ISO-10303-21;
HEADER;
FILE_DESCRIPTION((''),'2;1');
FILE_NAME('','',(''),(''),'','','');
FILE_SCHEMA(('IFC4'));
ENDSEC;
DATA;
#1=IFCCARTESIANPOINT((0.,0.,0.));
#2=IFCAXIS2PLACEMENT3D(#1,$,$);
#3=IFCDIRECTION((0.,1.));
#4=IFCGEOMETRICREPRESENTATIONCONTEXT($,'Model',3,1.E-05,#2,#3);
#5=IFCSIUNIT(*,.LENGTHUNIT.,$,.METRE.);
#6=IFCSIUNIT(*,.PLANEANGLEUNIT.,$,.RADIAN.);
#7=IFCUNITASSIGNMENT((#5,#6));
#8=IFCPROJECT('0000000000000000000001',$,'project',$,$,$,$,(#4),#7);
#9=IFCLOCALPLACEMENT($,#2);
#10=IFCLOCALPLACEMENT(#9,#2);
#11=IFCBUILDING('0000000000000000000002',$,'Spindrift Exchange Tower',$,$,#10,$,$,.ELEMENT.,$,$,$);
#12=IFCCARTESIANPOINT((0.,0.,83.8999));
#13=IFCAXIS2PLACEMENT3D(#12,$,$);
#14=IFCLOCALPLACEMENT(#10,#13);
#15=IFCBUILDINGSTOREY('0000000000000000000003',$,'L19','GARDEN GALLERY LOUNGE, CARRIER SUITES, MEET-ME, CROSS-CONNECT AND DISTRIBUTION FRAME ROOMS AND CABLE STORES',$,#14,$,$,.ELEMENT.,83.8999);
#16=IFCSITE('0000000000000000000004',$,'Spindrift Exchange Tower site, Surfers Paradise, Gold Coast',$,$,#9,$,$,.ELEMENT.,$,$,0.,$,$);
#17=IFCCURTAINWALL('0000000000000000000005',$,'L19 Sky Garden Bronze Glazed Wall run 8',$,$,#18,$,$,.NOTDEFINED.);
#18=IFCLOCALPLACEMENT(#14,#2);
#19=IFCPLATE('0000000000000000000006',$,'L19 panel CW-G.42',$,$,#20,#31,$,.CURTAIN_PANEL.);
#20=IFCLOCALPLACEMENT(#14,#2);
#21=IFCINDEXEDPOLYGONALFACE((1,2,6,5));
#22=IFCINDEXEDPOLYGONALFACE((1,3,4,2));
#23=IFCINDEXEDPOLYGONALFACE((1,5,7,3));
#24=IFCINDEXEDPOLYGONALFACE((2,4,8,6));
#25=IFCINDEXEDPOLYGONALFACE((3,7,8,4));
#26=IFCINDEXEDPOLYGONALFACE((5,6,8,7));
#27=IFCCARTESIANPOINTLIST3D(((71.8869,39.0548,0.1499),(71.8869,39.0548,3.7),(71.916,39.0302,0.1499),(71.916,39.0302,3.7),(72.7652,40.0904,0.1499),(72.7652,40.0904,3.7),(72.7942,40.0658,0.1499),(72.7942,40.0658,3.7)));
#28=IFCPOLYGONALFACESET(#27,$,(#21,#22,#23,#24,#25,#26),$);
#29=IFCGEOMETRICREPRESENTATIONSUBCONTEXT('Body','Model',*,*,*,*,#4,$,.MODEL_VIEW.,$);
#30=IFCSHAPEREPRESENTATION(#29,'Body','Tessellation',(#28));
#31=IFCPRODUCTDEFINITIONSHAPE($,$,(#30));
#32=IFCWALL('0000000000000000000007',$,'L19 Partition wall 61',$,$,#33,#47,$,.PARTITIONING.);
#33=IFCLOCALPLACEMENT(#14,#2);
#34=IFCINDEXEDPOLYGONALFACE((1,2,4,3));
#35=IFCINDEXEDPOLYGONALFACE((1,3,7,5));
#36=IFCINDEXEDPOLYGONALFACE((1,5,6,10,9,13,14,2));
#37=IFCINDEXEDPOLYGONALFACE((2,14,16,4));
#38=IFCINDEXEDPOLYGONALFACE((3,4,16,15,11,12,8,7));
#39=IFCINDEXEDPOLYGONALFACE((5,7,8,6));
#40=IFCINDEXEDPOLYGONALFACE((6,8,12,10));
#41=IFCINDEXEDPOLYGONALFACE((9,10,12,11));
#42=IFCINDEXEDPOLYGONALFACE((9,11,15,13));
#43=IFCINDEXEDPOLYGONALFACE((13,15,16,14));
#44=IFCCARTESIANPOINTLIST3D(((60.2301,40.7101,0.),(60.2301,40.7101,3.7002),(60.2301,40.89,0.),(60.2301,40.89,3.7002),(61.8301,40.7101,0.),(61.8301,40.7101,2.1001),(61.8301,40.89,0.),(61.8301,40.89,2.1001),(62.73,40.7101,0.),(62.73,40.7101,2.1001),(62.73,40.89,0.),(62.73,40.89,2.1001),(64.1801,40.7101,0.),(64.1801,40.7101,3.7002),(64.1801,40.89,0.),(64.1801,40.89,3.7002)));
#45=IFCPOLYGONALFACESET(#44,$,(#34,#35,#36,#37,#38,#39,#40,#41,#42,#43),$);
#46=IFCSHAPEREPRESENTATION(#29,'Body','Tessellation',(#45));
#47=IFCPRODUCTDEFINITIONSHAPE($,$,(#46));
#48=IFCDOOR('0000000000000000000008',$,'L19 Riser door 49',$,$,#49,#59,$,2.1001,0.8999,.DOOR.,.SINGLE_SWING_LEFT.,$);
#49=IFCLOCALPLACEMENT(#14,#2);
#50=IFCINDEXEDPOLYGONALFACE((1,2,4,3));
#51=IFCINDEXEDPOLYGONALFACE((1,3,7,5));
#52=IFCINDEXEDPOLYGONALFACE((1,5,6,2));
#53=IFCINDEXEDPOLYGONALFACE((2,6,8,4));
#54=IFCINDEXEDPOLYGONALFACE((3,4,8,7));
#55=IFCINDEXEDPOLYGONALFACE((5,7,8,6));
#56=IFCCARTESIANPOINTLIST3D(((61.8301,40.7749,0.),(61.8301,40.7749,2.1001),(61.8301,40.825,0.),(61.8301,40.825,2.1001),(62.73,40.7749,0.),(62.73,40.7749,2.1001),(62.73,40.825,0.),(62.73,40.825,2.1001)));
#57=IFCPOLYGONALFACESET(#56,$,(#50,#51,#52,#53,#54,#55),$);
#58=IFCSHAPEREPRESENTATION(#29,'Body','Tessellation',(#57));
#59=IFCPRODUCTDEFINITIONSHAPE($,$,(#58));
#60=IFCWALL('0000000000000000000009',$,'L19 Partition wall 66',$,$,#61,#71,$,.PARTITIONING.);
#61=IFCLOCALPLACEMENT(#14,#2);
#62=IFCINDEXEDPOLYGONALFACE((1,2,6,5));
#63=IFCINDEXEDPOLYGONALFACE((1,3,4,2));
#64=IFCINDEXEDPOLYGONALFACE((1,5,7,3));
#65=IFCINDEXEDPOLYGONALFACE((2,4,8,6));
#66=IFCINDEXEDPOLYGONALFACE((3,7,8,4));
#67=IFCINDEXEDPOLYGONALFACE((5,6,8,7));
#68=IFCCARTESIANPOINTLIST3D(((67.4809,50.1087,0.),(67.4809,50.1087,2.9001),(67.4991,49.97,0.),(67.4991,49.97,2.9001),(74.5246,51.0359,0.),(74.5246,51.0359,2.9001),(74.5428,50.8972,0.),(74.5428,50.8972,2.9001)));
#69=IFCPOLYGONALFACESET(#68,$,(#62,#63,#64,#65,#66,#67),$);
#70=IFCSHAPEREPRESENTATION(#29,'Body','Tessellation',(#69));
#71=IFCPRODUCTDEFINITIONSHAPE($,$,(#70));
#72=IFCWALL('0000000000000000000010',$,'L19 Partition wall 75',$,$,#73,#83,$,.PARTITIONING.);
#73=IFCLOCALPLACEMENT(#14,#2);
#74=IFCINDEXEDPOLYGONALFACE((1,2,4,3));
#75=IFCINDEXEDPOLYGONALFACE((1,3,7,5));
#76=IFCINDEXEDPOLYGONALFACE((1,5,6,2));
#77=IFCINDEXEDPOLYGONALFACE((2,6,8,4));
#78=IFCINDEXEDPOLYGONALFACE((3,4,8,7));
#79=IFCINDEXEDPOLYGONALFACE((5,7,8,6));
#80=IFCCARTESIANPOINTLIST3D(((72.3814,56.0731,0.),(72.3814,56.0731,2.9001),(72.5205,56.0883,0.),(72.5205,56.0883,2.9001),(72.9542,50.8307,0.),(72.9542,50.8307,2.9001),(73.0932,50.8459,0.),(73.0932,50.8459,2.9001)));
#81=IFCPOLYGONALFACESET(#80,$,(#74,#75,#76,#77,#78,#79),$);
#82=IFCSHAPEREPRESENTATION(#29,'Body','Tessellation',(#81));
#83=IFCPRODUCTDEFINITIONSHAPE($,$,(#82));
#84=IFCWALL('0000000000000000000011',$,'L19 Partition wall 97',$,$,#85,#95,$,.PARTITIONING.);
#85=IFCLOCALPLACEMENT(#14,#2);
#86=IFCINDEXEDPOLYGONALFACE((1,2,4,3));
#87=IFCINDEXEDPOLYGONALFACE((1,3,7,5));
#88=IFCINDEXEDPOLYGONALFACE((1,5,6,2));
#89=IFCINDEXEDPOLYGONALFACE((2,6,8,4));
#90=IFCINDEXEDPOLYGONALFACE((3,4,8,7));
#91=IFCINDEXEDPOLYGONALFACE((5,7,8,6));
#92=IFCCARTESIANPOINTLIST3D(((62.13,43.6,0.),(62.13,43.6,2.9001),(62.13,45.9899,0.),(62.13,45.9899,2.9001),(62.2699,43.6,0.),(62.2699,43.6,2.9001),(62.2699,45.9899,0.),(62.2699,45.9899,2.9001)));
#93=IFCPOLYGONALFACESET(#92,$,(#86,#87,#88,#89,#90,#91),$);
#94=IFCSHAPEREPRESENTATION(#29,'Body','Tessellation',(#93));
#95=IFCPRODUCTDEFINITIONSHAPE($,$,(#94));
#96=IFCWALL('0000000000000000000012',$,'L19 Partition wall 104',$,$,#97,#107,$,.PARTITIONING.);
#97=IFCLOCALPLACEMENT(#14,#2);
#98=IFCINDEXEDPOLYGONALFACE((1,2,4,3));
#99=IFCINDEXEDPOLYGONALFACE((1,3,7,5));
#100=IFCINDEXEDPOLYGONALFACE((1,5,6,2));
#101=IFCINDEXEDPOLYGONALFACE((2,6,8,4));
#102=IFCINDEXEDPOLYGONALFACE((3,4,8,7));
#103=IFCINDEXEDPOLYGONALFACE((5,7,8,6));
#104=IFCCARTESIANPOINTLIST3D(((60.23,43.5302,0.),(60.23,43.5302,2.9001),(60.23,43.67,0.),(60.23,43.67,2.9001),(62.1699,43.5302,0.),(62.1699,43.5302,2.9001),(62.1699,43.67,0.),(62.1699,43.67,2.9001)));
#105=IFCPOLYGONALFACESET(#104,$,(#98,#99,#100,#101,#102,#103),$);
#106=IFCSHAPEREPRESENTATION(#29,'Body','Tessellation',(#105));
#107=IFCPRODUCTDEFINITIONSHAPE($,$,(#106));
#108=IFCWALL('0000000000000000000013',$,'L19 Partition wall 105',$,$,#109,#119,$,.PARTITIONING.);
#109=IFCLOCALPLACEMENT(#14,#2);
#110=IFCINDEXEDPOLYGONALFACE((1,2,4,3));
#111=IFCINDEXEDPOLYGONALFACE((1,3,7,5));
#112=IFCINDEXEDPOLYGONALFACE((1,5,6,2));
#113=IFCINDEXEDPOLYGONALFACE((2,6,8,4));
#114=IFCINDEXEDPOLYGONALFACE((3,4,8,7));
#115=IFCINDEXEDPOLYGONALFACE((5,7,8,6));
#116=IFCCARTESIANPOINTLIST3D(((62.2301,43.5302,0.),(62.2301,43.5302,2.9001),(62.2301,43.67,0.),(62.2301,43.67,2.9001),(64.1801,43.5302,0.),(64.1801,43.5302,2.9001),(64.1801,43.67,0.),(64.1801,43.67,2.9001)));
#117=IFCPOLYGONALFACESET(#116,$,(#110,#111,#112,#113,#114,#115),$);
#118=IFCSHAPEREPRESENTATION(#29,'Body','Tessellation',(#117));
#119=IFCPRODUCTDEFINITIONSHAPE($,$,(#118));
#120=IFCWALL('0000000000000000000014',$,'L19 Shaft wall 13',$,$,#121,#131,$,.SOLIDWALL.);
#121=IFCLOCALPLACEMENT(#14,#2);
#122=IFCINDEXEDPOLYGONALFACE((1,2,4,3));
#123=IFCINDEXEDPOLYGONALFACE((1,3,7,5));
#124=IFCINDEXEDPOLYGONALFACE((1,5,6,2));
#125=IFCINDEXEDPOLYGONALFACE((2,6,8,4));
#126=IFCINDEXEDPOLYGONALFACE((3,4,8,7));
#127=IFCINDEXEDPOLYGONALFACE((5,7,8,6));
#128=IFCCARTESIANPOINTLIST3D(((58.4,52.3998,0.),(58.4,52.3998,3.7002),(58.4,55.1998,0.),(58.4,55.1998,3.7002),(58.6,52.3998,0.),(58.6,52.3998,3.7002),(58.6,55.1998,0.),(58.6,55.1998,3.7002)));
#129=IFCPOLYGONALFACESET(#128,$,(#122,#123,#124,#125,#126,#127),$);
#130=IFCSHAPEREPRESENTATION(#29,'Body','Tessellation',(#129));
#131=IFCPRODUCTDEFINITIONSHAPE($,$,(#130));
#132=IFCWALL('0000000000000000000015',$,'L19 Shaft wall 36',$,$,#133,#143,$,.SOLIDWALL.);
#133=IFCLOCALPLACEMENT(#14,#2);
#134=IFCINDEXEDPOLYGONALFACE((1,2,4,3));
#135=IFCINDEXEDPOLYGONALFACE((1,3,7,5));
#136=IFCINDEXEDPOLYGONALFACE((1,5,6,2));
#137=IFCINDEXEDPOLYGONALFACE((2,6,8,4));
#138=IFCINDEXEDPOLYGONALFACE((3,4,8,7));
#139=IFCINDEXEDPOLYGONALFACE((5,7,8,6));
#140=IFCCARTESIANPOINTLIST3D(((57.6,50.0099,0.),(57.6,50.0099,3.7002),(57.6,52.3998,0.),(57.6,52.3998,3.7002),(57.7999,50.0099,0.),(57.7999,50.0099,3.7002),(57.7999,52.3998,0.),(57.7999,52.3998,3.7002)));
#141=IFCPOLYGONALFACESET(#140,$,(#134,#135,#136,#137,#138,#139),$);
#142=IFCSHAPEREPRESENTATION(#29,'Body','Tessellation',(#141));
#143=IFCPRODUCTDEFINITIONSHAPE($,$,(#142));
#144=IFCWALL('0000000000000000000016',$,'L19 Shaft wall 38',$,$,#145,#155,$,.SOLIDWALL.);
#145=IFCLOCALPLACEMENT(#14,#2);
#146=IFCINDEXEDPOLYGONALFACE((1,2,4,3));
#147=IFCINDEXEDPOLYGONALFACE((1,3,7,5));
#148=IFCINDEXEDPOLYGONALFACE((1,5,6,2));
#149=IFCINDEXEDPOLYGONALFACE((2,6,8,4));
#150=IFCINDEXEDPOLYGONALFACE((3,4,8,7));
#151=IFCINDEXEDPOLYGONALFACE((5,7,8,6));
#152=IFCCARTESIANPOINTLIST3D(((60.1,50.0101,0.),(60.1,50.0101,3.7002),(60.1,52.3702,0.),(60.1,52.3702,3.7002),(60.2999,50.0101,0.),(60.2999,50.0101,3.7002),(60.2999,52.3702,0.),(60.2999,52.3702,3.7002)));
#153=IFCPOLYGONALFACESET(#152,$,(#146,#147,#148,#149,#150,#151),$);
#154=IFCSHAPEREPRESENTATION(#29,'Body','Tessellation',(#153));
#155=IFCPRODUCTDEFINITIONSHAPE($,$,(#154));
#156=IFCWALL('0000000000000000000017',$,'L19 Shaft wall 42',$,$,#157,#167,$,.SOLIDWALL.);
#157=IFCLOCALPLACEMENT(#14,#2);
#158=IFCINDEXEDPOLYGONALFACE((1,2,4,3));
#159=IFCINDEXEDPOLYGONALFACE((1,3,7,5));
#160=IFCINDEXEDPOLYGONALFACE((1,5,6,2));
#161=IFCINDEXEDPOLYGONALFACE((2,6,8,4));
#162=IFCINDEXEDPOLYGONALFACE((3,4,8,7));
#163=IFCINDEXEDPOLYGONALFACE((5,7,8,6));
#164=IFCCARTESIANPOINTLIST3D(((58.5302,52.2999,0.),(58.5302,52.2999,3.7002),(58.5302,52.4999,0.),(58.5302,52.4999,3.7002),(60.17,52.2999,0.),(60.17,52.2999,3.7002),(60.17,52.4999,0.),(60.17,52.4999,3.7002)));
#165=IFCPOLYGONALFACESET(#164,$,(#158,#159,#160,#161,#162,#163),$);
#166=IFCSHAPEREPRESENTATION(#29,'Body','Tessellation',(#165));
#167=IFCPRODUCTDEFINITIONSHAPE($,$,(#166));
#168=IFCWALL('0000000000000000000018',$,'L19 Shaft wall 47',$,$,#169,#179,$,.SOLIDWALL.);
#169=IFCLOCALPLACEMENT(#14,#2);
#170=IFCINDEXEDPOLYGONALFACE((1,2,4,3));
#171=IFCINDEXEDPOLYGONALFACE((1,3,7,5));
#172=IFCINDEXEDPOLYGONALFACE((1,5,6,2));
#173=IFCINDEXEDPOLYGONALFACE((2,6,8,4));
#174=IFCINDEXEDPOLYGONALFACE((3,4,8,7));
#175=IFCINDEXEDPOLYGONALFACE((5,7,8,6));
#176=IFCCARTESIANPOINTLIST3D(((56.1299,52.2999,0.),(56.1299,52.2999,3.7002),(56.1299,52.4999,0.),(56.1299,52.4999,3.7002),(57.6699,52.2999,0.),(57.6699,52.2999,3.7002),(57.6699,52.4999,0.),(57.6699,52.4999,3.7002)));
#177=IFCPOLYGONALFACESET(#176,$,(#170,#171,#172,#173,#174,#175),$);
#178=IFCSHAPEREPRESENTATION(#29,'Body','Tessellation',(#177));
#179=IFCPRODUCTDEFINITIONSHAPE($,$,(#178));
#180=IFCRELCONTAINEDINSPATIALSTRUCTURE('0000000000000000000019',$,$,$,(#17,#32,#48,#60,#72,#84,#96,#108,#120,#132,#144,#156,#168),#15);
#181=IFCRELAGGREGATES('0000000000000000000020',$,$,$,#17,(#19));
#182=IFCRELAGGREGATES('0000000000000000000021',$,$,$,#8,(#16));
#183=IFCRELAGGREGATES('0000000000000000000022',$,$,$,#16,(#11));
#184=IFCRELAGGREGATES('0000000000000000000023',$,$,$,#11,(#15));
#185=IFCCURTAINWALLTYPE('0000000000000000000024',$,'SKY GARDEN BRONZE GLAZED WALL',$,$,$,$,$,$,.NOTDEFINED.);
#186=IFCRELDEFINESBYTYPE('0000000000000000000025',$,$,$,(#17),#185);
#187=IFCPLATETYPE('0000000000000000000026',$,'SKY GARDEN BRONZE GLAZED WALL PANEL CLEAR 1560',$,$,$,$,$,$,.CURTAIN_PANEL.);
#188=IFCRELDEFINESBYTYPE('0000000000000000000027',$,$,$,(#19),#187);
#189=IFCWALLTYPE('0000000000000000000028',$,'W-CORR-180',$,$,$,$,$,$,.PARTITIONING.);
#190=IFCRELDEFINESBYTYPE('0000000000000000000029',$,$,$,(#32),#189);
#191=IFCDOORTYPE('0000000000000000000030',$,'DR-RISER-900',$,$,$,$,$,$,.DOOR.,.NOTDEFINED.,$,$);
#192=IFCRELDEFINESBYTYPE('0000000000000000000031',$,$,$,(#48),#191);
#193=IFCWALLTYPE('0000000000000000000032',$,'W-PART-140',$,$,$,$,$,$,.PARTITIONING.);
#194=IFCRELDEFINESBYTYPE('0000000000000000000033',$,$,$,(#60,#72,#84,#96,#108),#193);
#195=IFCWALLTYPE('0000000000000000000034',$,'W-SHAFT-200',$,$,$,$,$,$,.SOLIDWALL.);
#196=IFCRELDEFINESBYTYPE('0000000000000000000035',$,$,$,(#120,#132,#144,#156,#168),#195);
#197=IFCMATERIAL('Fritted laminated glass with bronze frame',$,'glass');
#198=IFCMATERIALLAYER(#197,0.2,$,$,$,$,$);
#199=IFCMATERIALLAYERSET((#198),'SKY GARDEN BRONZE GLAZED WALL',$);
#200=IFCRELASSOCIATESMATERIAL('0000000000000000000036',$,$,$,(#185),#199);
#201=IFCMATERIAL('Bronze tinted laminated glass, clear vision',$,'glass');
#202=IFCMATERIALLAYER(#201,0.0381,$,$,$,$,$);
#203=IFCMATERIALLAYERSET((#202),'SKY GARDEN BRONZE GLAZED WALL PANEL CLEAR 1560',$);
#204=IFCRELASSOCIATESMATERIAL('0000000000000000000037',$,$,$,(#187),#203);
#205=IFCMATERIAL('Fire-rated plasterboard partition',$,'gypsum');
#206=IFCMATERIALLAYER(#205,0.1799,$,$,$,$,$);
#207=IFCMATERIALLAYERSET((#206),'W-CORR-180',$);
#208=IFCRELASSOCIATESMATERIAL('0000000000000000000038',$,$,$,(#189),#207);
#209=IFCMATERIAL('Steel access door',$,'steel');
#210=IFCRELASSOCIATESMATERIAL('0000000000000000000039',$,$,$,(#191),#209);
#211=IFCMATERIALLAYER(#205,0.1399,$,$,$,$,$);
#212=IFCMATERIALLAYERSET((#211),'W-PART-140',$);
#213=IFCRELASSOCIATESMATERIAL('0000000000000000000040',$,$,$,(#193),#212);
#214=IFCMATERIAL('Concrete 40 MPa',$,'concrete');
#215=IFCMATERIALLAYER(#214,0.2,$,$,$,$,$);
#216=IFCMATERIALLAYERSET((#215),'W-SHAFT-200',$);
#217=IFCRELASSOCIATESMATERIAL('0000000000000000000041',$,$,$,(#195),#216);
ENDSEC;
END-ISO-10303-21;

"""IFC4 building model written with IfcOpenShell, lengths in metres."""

from ifc_helpers import new_model, si_unit, direction, frame, frame_2d, origin, origin_2d, place, context, subcontext, project, spatial, rectangle, extrude, source, transform, mapped, material, layer, layer_set, type_object, element, fill, aggregate, save


model = new_model("IFC4")

# Units and contexts
model_context = context("Model", 3, precision=1e-05, world=origin(), true_north=direction((0.0, 1.0)))
body_context = subcontext(model_context, "Body", "Model", "MODEL_VIEW")
ifc_project = project(units=[si_unit("LENGTHUNIT", "METRE"), si_unit("PLANEANGLEUNIT", "RADIAN")], contexts=[model_context])

# Site, building, storey
site_placement = place(None, origin())
site = spatial("IfcSite", under=ifc_project, at=site_placement, Name="Spindrift Exchange Tower site, Surfers Paradise, Gold Coast", CompositionType="ELEMENT", RefElevation=0.0)
building_placement = place(site_placement, origin())
building = spatial("IfcBuilding", under=site, at=building_placement, Name="Spindrift Exchange Tower", CompositionType="ELEMENT")
storey_placement = place(building_placement, frame((0.0, 0.0, 83.8999)))
storey = spatial("IfcBuildingStorey", under=building, at=storey_placement, Name="L19", Description="GARDEN GALLERY LOUNGE, CARRIER SUITES, MEET-ME, CROSS-CONNECT AND DISTRIBUTION FRAME ROOMS AND CABLE STORES", CompositionType="ELEMENT", Elevation=83.8999)

# Curtain wall, plate
ifc_material_1 = material(Name="Fritted laminated glass with bronze frame", Category="glass")
ifc_layer_1 = layer(ifc_material_1, 0.2)
ifc_layer_set_1 = layer_set([ifc_layer_1], Name="SKY GARDEN BRONZE GLAZED WALL")
curtain_wall_type = type_object("IfcCurtainWallType", Name="SKY GARDEN BRONZE GLAZED WALL", PredefinedType="NOTDEFINED", material=ifc_layer_set_1)
curtain_wall_placement = place(storey_placement, origin())
curtain_wall = element("IfcCurtainWall", 1, at=curtain_wall_placement, inside=storey, type_object=curtain_wall_type, Name="L19 Sky Garden Bronze Glazed Wall run 8", PredefinedType="NOTDEFINED")
ifc_material_2 = material(Name="Bronze tinted laminated glass, clear vision", Category="glass")
ifc_layer_2 = layer(ifc_material_2, 0.0381)
ifc_layer_set_2 = layer_set([ifc_layer_2], Name="SKY GARDEN BRONZE GLAZED WALL PANEL CLEAR 1560")
plate_type_1 = type_object("IfcPlateType", Name="SKY GARDEN BRONZE GLAZED WALL PANEL CLEAR 1560", PredefinedType="CURTAIN_PANEL", material=ifc_layer_set_2)
shared_shape_1 = source(origin(), body_context, "Body", "SweptSolid", [
    extrude(rectangle(XDim=1.3579, YDim=0.0381, at=origin_2d()), origin(), (0.0, 0.0, 1.0), 3.55),
])
plate_1_placement = place(storey_placement, frame((72.3406, 39.5603, 0.1499), z_axis=(0.0, 0.0, 1.0), x_axis=(0.646792, 0.762666, 0.0)))
plate_1 = element("IfcPlate", 2, at=plate_1_placement, type_object=plate_type_1, Name="L19 panel CW-G.42", PredefinedType="CURTAIN_PANEL", context=body_context, shape_type="MappedRepresentation", body=[
    mapped(shared_shape_1, transform((0.0, 0.0, 0.0), scale=1.0)),
])
aggregate(curtain_wall, [plate_1])

# Wall, opening, door
ifc_material_3 = material(Name="Fire-rated plasterboard partition", Category="gypsum")
ifc_layer_3 = layer(ifc_material_3, 0.1799)
ifc_layer_set_3 = layer_set([ifc_layer_3], Name="W-CORR-180")
wall_type_1 = type_object("IfcWallType", Name="W-CORR-180", PredefinedType="PARTITIONING", material=ifc_layer_set_3)
wall_1_placement = place(storey_placement, frame((60.23, 40.8, 0.0), z_axis=(0.0, 0.0, 1.0), x_axis=(1.0, 0.0, 0.0)))
wall_1 = element("IfcWall", 3, at=wall_1_placement, inside=storey, type_object=wall_type_1, Name="L19 Partition wall 61", PredefinedType="PARTITIONING", context=body_context, shape_type="SweptSolid", body=[
    extrude(rectangle(XDim=3.95, YDim=0.1799, at=frame_2d((1.9751, 0.0))), origin(), (0.0, 0.0, 1.0), 3.7002),
])
opening_placement = place(wall_1_placement, frame((1.6001, 0.0, 0.0)))
opening = element("IfcOpeningElement", 4, at=opening_placement, cuts=wall_1, PredefinedType="OPENING", context=body_context, shape_type="SweptSolid", body=[
    extrude(rectangle(XDim=0.8999, YDim=2.1001, at=frame_2d((0.45, 1.05))), frame((0.0, 0.0999, 0.0), z_axis=(0.0, -1.0, 0.0), x_axis=(1.0, 0.0, 0.0)), (0.0, 0.0, 1.0), 0.2),
])
ifc_material_4 = material(Name="Steel access door", Category="steel")
door_type = type_object("IfcDoorType", Name="DR-RISER-900", OperationType="NOTDEFINED", PredefinedType="DOOR", material=ifc_material_4)
shared_shape_2 = source(origin(), body_context, "Body", "SweptSolid", [
    extrude(rectangle(XDim=0.8999, YDim=2.1001, at=frame_2d((0.45, 1.05))), frame((0.0, 0.0249, 0.0), z_axis=(0.0, -1.0, 0.0), x_axis=(1.0, 0.0, 0.0)), (0.0, 0.0, 1.0), 0.05),
])
door_placement = place(opening_placement, origin())
door = element("IfcDoor", 5, at=door_placement, inside=storey, type_object=door_type, Name="L19 Riser door 49", OperationType="SINGLE_SWING_LEFT", OverallHeight=2.1001, OverallWidth=0.8999, PredefinedType="DOOR", context=body_context, shape_type="MappedRepresentation", body=[
    mapped(shared_shape_2, transform((0.0, 0.0, 0.0), scale=1.0)),
])
fill(opening, door)

# Walls
ifc_layer_4 = layer(ifc_material_3, 0.1399)
ifc_layer_set_4 = layer_set([ifc_layer_4], Name="W-PART-140")
wall_type_2 = type_object("IfcWallType", Name="W-PART-140", PredefinedType="PARTITIONING", material=ifc_layer_set_4)
wall_2_placement = place(storey_placement, frame((67.49, 50.0393, 0.0), z_axis=(0.0, 0.0, 1.0), x_axis=(0.991446, 0.130516, 0.0)))
element("IfcWall", 6, at=wall_2_placement, inside=storey, type_object=wall_type_2, Name="L19 Partition wall 66", PredefinedType="PARTITIONING", context=body_context, shape_type="SweptSolid", body=[
    extrude(rectangle(XDim=7.1045, YDim=0.1399, at=frame_2d((3.5522, 0.0))), origin(), (0.0, 0.0, 1.0), 2.9001),
])
wall_3_placement = place(storey_placement, frame((73.0237, 50.8384, 0.0), z_axis=(0.0, 0.0, 1.0), x_axis=(-0.108607, 0.994085, 0.0)))
element("IfcWall", 7, at=wall_3_placement, inside=storey, type_object=wall_type_2, Name="L19 Partition wall 75", PredefinedType="PARTITIONING", context=body_context, shape_type="SweptSolid", body=[
    extrude(rectangle(XDim=5.2737, YDim=0.1399, at=frame_2d((2.6367, 0.0))), origin(), (0.0, 0.0, 1.0), 2.9001),
])
wall_4_placement = place(storey_placement, frame((62.2, 43.6001, 0.0), z_axis=(0.0, 0.0, 1.0), x_axis=(0.0, 1.0, 0.0)))
element("IfcWall", 8, at=wall_4_placement, inside=storey, type_object=wall_type_2, Name="L19 Partition wall 97", PredefinedType="PARTITIONING", context=body_context, shape_type="SweptSolid", body=[
    extrude(rectangle(XDim=2.3899, YDim=0.1399, at=frame_2d((1.1948, 0.0))), origin(), (0.0, 0.0, 1.0), 2.9001),
])
wall_5_placement = place(storey_placement, frame((60.23, 43.6001, 0.0), z_axis=(0.0, 0.0, 1.0), x_axis=(1.0, 0.0, 0.0)))
element("IfcWall", 9, at=wall_5_placement, inside=storey, type_object=wall_type_2, Name="L19 Partition wall 104", PredefinedType="PARTITIONING", context=body_context, shape_type="SweptSolid", body=[
    extrude(rectangle(XDim=1.9399, YDim=0.1399, at=frame_2d((0.97, 0.0))), origin(), (0.0, 0.0, 1.0), 2.9001),
])
wall_6_placement = place(storey_placement, frame((62.23, 43.6001, 0.0), z_axis=(0.0, 0.0, 1.0), x_axis=(1.0, 0.0, 0.0)))
element("IfcWall", 10, at=wall_6_placement, inside=storey, type_object=wall_type_2, Name="L19 Partition wall 105", PredefinedType="PARTITIONING", context=body_context, shape_type="SweptSolid", body=[
    extrude(rectangle(XDim=1.95, YDim=0.1399, at=frame_2d((0.9751, 0.0))), origin(), (0.0, 0.0, 1.0), 2.9001),
])
ifc_material_5 = material(Name="Concrete 40 MPa", Category="concrete")
ifc_layer_5 = layer(ifc_material_5, 0.2)
ifc_layer_set_5 = layer_set([ifc_layer_5], Name="W-SHAFT-200")
wall_type_3 = type_object("IfcWallType", Name="W-SHAFT-200", PredefinedType="SOLIDWALL", material=ifc_layer_set_5)
wall_7_placement = place(storey_placement, frame((58.5, 52.3999, 0.0), z_axis=(0.0, 0.0, 1.0), x_axis=(0.0, 1.0, 0.0)))
element("IfcWall", 11, at=wall_7_placement, inside=storey, type_object=wall_type_3, Name="L19 Shaft wall 13", PredefinedType="SOLIDWALL", context=body_context, shape_type="SweptSolid", body=[
    extrude(rectangle(XDim=2.8, YDim=0.2, at=frame_2d((1.3999, 0.0))), origin(), (0.0, 0.0, 1.0), 3.7002),
])
wall_8_placement = place(storey_placement, frame((57.7, 50.01, 0.0), z_axis=(0.0, 0.0, 1.0), x_axis=(0.0, 1.0, 0.0)))
element("IfcWall", 12, at=wall_8_placement, inside=storey, type_object=wall_type_3, Name="L19 Shaft wall 36", PredefinedType="SOLIDWALL", context=body_context, shape_type="SweptSolid", body=[
    extrude(rectangle(XDim=2.3899, YDim=0.2, at=frame_2d((1.1948, 0.0))), origin(), (0.0, 0.0, 1.0), 3.7002),
])
wall_9_placement = place(storey_placement, frame((60.2, 50.01, 0.0), z_axis=(0.0, 0.0, 1.0), x_axis=(0.0, 1.0, 0.0)))
element("IfcWall", 13, at=wall_9_placement, inside=storey, type_object=wall_type_3, Name="L19 Shaft wall 38", PredefinedType="SOLIDWALL", context=body_context, shape_type="SweptSolid", body=[
    extrude(rectangle(XDim=2.3601, YDim=0.2, at=frame_2d((1.1802, 0.0))), origin(), (0.0, 0.0, 1.0), 3.7002),
])
wall_10_placement = place(storey_placement, frame((60.1699, 52.3999, 0.0), z_axis=(0.0, 0.0, 1.0), x_axis=(-1.0, 0.0, 0.0)))
element("IfcWall", 14, at=wall_10_placement, inside=storey, type_object=wall_type_3, Name="L19 Shaft wall 42", PredefinedType="SOLIDWALL", context=body_context, shape_type="SweptSolid", body=[
    extrude(rectangle(XDim=1.6399, YDim=0.2, at=frame_2d((0.8198, 0.0))), origin(), (0.0, 0.0, 1.0), 3.7002),
])
wall_11_placement = place(storey_placement, frame((57.6699, 52.3999, 0.0), z_axis=(0.0, 0.0, 1.0), x_axis=(-1.0, 0.0, 0.0)))
element("IfcWall", 15, at=wall_11_placement, inside=storey, type_object=wall_type_3, Name="L19 Shaft wall 47", PredefinedType="SOLIDWALL", context=body_context, shape_type="SweptSolid", body=[
    extrude(rectangle(XDim=1.54, YDim=0.2, at=frame_2d((0.77, 0.0))), origin(), (0.0, 0.0, 1.0), 3.7002),
])

save(model, "model.ifc")
